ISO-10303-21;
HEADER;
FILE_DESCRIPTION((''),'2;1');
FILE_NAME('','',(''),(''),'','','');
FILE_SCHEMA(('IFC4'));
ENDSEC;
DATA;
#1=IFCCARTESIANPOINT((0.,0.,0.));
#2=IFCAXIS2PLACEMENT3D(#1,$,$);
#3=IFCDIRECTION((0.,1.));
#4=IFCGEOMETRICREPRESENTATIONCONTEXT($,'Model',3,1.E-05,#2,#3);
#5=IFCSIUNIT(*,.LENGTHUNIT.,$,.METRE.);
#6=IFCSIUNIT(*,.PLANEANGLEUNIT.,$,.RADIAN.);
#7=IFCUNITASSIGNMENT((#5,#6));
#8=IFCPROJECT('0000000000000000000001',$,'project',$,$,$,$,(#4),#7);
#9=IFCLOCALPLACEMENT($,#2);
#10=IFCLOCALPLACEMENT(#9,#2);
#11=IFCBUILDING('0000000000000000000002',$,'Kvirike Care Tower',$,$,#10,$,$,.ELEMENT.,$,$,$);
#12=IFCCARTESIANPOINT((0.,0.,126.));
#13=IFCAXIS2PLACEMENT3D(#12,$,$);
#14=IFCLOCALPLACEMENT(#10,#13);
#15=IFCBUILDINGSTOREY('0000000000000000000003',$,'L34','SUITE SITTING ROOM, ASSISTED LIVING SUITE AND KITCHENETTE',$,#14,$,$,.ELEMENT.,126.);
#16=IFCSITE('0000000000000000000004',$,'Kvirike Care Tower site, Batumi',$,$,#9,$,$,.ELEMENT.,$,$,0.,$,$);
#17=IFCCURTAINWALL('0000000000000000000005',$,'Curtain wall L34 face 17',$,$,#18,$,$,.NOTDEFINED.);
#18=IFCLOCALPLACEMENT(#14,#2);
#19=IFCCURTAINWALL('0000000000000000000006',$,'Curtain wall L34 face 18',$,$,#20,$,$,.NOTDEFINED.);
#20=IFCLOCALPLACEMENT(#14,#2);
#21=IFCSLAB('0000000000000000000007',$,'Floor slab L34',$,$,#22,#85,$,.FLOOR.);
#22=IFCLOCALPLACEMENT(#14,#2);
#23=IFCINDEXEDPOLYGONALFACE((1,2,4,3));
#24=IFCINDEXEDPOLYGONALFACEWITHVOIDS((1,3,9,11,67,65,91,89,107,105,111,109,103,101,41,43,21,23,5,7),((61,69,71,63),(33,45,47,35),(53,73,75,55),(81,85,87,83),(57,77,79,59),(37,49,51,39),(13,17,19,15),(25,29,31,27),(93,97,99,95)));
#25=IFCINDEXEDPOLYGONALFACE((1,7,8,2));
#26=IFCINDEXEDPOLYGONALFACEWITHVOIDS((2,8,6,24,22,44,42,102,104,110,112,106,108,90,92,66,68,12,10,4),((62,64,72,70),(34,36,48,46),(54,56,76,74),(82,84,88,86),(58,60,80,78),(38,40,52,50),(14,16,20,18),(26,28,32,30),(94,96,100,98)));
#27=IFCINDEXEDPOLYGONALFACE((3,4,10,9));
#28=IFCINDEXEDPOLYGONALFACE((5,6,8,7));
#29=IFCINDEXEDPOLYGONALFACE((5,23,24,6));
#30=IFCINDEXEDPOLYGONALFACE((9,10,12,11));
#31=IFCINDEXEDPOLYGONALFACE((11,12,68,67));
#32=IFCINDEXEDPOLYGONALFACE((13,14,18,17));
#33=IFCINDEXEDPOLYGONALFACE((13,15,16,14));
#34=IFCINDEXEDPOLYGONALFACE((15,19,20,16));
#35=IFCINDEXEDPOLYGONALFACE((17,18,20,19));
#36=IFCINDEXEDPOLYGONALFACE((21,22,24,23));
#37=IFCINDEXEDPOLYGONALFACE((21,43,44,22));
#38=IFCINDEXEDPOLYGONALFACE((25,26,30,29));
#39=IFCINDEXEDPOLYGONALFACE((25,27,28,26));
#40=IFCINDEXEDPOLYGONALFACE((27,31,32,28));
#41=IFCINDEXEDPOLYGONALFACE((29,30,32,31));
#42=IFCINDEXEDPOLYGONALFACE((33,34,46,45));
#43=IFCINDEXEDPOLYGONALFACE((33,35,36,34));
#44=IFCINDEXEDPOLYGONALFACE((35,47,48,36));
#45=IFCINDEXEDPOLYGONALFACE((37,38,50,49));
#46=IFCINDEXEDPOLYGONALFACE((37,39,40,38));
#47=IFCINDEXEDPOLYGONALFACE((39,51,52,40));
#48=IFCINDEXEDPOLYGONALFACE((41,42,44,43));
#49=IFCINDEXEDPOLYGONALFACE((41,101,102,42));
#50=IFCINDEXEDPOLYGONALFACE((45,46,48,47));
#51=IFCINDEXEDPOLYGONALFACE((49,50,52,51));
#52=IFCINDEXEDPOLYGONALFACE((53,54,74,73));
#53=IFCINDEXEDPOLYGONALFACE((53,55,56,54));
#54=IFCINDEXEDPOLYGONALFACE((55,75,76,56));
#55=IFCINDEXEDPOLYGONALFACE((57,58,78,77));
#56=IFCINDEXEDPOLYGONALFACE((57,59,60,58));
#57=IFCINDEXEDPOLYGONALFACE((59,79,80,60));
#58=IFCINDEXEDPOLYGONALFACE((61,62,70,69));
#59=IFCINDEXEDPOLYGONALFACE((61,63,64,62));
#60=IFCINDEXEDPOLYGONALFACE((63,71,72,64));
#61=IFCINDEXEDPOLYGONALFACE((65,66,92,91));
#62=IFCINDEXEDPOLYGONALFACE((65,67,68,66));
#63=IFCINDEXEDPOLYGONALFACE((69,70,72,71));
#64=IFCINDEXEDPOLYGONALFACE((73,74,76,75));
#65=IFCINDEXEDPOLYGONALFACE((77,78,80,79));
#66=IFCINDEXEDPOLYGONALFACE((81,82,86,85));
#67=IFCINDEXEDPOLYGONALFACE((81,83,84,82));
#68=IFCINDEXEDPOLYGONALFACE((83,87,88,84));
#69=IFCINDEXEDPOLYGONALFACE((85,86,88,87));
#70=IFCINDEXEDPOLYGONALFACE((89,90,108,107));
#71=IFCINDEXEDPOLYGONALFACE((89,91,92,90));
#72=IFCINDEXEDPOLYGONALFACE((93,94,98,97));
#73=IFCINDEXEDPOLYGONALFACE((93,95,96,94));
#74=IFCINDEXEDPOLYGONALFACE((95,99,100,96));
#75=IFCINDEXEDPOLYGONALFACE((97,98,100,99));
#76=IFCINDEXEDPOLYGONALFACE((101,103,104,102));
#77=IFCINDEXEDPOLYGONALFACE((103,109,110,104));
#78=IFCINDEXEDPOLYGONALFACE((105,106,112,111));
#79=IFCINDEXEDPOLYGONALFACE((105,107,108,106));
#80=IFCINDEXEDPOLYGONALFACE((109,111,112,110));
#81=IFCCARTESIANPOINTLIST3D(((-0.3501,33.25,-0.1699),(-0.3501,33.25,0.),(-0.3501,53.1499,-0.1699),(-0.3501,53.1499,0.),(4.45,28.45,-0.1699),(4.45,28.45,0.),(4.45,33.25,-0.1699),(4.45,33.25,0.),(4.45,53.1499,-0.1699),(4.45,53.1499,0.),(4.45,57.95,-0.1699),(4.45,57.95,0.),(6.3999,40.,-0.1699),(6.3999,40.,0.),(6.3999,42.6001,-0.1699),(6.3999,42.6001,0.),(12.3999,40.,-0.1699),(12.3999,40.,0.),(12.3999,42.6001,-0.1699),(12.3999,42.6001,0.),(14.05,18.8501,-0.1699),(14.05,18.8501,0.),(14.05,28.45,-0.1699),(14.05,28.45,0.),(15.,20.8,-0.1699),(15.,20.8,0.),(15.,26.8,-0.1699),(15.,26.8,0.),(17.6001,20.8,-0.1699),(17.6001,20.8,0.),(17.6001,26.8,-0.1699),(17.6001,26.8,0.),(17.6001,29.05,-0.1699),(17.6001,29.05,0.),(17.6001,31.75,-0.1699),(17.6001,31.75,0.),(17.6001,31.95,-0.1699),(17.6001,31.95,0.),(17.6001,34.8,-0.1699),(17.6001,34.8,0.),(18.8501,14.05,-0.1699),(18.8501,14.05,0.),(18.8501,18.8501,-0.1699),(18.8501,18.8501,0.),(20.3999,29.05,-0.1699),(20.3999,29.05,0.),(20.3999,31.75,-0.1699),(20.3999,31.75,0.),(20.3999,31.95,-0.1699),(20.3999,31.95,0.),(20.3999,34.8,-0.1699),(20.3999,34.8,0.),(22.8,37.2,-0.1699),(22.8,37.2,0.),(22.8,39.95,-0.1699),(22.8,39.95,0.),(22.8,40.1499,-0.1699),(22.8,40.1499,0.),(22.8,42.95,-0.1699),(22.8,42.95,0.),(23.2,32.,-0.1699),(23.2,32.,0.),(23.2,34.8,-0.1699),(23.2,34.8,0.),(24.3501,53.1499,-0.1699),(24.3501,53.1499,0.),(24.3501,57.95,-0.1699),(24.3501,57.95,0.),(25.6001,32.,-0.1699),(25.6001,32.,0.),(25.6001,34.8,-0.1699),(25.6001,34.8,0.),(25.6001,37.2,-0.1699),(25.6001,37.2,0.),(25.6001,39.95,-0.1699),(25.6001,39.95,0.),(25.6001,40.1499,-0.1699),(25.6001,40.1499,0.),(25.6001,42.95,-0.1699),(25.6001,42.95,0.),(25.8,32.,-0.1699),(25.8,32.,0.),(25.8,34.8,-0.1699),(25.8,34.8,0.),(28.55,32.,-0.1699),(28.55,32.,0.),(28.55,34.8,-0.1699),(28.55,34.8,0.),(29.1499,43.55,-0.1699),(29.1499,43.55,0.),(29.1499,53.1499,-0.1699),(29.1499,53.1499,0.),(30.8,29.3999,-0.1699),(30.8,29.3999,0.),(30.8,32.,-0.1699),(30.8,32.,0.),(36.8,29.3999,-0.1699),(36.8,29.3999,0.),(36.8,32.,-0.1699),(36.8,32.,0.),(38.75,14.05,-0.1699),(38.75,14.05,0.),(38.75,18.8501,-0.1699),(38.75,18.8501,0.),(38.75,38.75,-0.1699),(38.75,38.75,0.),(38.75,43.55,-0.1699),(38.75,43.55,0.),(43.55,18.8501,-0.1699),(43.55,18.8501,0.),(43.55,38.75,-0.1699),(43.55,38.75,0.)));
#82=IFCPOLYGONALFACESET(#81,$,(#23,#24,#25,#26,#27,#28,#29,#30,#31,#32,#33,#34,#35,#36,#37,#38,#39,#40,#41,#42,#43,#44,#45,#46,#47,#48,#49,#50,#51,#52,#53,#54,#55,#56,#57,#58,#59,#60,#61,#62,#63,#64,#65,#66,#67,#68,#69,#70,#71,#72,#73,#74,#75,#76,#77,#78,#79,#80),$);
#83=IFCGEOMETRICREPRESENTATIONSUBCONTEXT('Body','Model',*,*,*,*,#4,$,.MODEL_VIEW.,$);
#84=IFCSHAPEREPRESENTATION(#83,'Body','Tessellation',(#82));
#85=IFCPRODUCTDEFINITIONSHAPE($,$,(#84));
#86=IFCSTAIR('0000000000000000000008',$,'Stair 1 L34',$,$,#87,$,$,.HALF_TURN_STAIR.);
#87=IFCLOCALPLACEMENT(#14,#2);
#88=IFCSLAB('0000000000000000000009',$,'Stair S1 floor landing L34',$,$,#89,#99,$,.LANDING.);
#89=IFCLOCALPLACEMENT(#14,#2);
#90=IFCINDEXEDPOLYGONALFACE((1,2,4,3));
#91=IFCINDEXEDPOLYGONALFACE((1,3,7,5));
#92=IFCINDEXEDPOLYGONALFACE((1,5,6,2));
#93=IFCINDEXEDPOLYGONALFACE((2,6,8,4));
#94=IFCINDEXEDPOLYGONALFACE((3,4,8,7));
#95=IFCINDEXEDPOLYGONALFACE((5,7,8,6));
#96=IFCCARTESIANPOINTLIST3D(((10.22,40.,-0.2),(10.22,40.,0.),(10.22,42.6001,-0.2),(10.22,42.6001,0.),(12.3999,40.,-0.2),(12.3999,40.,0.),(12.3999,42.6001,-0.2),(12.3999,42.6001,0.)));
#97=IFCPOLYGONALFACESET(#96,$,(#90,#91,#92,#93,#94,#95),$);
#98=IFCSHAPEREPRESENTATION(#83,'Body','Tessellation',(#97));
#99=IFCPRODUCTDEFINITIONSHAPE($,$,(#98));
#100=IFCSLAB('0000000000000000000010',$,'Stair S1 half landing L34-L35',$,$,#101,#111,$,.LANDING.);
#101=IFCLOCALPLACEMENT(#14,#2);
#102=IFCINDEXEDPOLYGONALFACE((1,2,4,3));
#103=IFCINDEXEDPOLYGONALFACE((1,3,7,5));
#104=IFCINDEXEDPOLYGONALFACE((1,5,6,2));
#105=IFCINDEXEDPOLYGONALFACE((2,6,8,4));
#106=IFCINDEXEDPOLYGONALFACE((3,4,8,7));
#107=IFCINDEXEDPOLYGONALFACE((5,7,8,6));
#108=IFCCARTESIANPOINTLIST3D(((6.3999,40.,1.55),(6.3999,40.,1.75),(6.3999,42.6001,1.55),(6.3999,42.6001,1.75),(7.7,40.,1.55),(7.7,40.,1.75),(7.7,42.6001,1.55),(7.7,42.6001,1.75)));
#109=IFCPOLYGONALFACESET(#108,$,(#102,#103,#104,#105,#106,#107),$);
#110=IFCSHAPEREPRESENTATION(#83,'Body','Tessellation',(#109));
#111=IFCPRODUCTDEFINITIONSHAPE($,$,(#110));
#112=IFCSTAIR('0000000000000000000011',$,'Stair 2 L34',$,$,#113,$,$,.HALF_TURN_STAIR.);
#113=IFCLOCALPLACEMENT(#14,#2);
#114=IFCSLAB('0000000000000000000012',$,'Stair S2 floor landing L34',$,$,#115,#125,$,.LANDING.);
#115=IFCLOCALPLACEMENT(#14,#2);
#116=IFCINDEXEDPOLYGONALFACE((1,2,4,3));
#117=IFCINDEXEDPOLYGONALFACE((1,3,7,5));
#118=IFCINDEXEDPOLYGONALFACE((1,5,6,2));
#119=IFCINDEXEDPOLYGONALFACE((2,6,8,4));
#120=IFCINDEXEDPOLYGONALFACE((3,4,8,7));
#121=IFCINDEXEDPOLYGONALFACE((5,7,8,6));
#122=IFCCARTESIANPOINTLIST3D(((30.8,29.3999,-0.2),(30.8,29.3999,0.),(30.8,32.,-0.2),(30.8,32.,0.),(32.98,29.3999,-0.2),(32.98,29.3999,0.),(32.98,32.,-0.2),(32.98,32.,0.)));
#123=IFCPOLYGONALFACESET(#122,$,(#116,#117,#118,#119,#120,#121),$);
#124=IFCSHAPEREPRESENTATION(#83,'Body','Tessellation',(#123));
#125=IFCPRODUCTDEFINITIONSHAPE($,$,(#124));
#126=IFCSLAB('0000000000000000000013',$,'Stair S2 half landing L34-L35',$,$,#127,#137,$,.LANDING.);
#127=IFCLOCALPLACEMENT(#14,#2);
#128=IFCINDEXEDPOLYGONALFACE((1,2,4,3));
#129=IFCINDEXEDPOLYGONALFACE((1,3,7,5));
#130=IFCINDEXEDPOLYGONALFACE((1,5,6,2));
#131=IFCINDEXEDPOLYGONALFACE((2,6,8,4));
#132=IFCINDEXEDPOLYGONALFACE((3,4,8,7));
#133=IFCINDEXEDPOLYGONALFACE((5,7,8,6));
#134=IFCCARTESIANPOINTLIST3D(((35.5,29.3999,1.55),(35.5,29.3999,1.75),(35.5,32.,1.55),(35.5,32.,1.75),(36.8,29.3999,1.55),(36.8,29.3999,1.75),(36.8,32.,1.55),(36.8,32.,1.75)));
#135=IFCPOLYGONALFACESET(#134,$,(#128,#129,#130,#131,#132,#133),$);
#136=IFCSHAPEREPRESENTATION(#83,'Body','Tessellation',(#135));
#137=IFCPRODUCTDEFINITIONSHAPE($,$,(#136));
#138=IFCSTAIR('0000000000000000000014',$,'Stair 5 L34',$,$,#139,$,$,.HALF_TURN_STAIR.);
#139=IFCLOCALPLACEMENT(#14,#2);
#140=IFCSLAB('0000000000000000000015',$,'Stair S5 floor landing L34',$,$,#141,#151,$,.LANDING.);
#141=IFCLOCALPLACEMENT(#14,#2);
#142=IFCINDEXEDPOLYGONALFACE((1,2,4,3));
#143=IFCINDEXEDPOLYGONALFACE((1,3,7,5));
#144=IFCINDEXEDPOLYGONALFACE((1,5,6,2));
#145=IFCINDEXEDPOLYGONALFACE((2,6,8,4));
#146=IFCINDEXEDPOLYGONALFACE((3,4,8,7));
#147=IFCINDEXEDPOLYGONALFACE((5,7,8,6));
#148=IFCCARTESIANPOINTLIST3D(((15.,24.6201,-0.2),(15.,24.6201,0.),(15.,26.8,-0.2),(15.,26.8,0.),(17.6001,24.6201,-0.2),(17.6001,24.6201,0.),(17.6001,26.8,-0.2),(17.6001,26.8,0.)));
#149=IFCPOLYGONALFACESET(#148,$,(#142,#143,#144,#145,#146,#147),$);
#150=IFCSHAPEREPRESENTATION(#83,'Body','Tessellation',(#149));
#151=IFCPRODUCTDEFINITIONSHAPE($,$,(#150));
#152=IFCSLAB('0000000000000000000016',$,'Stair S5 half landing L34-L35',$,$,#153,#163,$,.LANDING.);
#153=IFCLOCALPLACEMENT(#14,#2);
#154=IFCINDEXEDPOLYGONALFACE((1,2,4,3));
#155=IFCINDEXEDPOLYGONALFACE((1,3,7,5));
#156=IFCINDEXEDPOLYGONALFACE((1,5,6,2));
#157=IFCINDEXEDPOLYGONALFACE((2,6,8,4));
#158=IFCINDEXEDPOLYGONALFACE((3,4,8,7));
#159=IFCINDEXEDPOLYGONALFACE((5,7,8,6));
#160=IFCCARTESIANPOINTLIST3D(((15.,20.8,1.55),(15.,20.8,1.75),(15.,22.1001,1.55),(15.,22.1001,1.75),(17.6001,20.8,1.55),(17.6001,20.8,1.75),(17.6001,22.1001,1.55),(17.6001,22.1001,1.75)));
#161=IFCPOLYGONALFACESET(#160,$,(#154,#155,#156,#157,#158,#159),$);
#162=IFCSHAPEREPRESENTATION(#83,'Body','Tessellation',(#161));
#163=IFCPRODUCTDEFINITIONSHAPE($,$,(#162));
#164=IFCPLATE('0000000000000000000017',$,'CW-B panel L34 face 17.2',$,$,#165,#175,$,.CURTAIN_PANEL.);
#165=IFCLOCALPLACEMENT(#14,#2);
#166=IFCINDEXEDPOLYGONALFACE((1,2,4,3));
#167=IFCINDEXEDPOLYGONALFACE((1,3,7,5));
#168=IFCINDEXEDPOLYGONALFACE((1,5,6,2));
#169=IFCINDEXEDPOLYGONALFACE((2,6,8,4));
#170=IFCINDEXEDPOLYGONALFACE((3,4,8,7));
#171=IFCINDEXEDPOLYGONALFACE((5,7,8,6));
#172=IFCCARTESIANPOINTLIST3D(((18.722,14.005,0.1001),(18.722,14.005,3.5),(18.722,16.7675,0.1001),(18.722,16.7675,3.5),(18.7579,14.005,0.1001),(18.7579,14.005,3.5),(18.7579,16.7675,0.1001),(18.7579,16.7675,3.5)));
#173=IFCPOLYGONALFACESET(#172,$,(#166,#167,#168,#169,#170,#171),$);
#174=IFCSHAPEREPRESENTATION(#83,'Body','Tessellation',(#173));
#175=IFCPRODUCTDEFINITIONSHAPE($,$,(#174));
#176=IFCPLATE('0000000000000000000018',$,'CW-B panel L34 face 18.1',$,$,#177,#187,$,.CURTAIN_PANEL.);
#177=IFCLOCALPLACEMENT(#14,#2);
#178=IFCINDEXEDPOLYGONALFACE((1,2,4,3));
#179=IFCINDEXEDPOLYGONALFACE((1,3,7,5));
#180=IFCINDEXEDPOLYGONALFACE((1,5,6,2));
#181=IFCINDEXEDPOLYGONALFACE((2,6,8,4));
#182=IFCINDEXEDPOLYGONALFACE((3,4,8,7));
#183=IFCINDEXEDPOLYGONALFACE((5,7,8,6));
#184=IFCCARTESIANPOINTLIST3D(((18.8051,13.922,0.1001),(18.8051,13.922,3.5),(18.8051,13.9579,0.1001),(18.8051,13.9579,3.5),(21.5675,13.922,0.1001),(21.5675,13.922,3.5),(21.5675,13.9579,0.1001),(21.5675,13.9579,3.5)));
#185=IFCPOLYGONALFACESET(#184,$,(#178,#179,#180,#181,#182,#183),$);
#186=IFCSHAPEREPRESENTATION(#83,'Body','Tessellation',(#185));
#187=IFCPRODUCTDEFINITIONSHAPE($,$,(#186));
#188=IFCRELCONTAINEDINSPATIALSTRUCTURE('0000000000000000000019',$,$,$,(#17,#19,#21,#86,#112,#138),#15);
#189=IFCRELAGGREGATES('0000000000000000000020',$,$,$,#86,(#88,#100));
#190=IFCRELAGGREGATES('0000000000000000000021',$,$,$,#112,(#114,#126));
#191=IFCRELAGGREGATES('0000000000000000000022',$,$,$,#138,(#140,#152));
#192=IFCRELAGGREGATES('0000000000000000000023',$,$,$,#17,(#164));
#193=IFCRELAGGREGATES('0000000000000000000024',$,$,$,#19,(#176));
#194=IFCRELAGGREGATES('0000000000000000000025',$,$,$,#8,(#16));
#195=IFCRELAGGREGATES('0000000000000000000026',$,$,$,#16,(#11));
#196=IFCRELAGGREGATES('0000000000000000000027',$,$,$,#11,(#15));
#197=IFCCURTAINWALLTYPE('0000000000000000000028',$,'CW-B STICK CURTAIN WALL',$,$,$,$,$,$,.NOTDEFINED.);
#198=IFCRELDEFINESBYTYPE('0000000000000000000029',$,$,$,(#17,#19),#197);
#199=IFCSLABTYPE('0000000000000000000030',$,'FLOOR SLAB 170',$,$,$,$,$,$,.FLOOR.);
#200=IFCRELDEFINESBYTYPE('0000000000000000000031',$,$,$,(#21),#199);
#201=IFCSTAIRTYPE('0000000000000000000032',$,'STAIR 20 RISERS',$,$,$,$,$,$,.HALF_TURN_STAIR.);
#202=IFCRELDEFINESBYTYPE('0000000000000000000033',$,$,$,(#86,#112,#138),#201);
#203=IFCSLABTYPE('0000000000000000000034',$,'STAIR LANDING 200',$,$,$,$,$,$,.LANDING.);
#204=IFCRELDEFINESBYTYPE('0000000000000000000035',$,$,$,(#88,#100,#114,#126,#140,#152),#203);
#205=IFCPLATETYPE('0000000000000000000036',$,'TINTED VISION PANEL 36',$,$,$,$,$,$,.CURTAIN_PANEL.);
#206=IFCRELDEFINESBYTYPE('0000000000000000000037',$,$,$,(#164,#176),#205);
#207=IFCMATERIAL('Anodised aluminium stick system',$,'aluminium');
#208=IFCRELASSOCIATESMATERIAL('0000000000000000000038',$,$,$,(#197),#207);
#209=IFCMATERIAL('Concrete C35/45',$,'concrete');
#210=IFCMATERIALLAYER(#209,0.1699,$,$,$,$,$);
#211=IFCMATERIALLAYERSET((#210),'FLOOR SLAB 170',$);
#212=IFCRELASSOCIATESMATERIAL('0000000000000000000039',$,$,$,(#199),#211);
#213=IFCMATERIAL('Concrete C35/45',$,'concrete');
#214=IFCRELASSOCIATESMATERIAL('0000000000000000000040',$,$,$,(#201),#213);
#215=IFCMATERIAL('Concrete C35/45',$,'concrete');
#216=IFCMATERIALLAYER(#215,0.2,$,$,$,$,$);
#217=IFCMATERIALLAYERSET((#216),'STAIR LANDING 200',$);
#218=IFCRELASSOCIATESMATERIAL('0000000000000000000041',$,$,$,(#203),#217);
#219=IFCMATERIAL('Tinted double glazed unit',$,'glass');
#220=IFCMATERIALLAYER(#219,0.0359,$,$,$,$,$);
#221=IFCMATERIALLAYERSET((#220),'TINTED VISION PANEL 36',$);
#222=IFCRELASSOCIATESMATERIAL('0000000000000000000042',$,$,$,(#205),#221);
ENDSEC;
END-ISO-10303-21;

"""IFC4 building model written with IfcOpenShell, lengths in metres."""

from ifc_helpers import new_model, si_unit, direction, frame, origin, origin_2d, place, context, subcontext, project, spatial, polyline, rectangle, outline, extrude, material, layer, layer_set, type_object, element, aggregate, save


model = new_model("IFC4")

# Units and contexts
model_context = context("Model", 3, precision=1e-05, world=origin(), true_north=direction((0.0, 1.0)))
body_context = subcontext(model_context, "Body", "Model", "MODEL_VIEW")
ifc_project = project(units=[si_unit("LENGTHUNIT", "METRE"), si_unit("PLANEANGLEUNIT", "RADIAN")], contexts=[model_context])

# Site, building, storey
site_placement = place(None, origin())
site = spatial("IfcSite", under=ifc_project, at=site_placement, Name="Kvirike Care Tower site, Batumi", CompositionType="ELEMENT", RefElevation=0.0)
building_placement = place(site_placement, origin())
building = spatial("IfcBuilding", under=site, at=building_placement, Name="Kvirike Care Tower", CompositionType="ELEMENT")
storey_placement = place(building_placement, frame((0.0, 0.0, 126.0)))
storey = spatial("IfcBuildingStorey", under=building, at=storey_placement, Name="L34", Description="SUITE SITTING ROOM, ASSISTED LIVING SUITE AND KITCHENETTE", CompositionType="ELEMENT", Elevation=126.0)

# Curtain wall
ifc_material_1 = material(Name="Anodised aluminium stick system", Category="aluminium")
curtain_wall_type = type_object("IfcCurtainWallType", Name="CW-B STICK CURTAIN WALL", PredefinedType="NOTDEFINED", material=ifc_material_1)
curtain_wall_1_placement = place(storey_placement, origin())
curtain_wall_1 = element("IfcCurtainWall", 1, at=curtain_wall_1_placement, inside=storey, type_object=curtain_wall_type, Name="Curtain wall L34 face 17", PredefinedType="NOTDEFINED")

# Curtain wall
curtain_wall_2_placement = place(storey_placement, origin())
curtain_wall_2 = element("IfcCurtainWall", 2, at=curtain_wall_2_placement, inside=storey, type_object=curtain_wall_type, Name="Curtain wall L34 face 18", PredefinedType="NOTDEFINED")

# Slab
ifc_material_2 = material(Name="Concrete C35/45", Category="concrete")
ifc_layer_1 = layer(ifc_material_2, 0.1699)
ifc_layer_set_1 = layer_set([ifc_layer_1], Name="FLOOR SLAB 170")
slab_type_1 = type_object("IfcSlabType", Name="FLOOR SLAB 170", PredefinedType="FLOOR", material=ifc_layer_set_1)
slab_1_placement = place(storey_placement, frame((0.0, 0.0, -0.1699)))
element("IfcSlab", 3, at=slab_1_placement, inside=storey, type_object=slab_type_1, Name="Floor slab L34", PredefinedType="FLOOR", context=body_context, shape_type="SweptSolid", body=[
    extrude(outline(polyline([(43.55, 18.8501), (43.55, 38.75), (38.75, 38.75), (38.75, 43.55), (29.1499, 43.55), (29.1499, 53.1499), (24.3501, 53.1499), (24.3501, 57.95), (4.45, 57.95), (4.45, 53.1499), (-0.3501, 53.1499), (-0.3501, 33.25), (4.45, 33.25), (4.45, 28.45), (14.05, 28.45), (14.05, 18.8501), (18.8501, 18.8501), (18.8501, 14.05), (38.75, 14.05), (38.75, 18.8501), (43.55, 18.8501)]), holes=[polyline([(17.6001, 29.05), (17.6001, 31.75), (20.3999, 31.75), (20.3999, 29.05), (17.6001, 29.05)]), polyline([(17.6001, 31.95), (17.6001, 34.8), (20.3999, 34.8), (20.3999, 31.95), (17.6001, 31.95)]), polyline([(22.8, 37.2), (22.8, 39.95), (25.6001, 39.95), (25.6001, 37.2), (22.8, 37.2)]), polyline([(22.8, 40.1499), (22.8, 42.95), (25.6001, 42.95), (25.6001, 40.1499), (22.8, 40.1499)]), polyline([(23.2, 32.0), (23.2, 34.8), (25.6001, 34.8), (25.6001, 32.0), (23.2, 32.0)]), polyline([(25.8, 32.0), (25.8, 34.8), (28.55, 34.8), (28.55, 32.0), (25.8, 32.0)]), polyline([(12.3999, 42.6001), (12.3999, 40.0), (6.3999, 40.0), (6.3999, 42.6001), (12.3999, 42.6001)]), polyline([(30.8, 29.3999), (30.8, 32.0), (36.8, 32.0), (36.8, 29.3999), (30.8, 29.3999)]), polyline([(15.0, 26.8), (17.6001, 26.8), (17.6001, 20.8), (15.0, 20.8), (15.0, 26.8)])]), origin(), (0.0, 0.0, 1.0), 0.1699),
])

# Stairs, slabs
ifc_material_3 = material(Name="Concrete C35/45", Category="concrete")
stair_type = type_object("IfcStairType", Name="STAIR 20 RISERS", PredefinedType="HALF_TURN_STAIR", material=ifc_material_3)
stair_1_placement = place(storey_placement, origin())
stair_1 = element("IfcStair", 4, at=stair_1_placement, inside=storey, type_object=stair_type, Name="Stair 1 L34", PredefinedType="HALF_TURN_STAIR")
ifc_material_4 = material(Name="Concrete C35/45", Category="concrete")
ifc_layer_2 = layer(ifc_material_4, 0.2)
ifc_layer_set_2 = layer_set([ifc_layer_2], Name="STAIR LANDING 200")
slab_type_2 = type_object("IfcSlabType", Name="STAIR LANDING 200", PredefinedType="LANDING", material=ifc_layer_set_2)
slab_2_placement = place(storey_placement, frame((0.0, 0.0, -0.2)))
slab_2 = element("IfcSlab", 5, at=slab_2_placement, type_object=slab_type_2, Name="Stair S1 floor landing L34", PredefinedType="LANDING", context=body_context, shape_type="SweptSolid", body=[
    extrude(outline(polyline([(10.22, 42.6001), (10.22, 40.0), (12.3999, 40.0), (12.3999, 42.6001), (10.22, 42.6001)])), origin(), (0.0, 0.0, 1.0), 0.2),
])
slab_3_placement = place(storey_placement, frame((0.0, 0.0, 1.55)))
slab_3 = element("IfcSlab", 6, at=slab_3_placement, type_object=slab_type_2, Name="Stair S1 half landing L34-L35", PredefinedType="LANDING", context=body_context, shape_type="SweptSolid", body=[
    extrude(outline(polyline([(6.3999, 42.6001), (6.3999, 40.0), (7.7, 40.0), (7.7, 42.6001), (6.3999, 42.6001)])), origin(), (0.0, 0.0, 1.0), 0.2),
])
aggregate(stair_1, [slab_2, slab_3])
stair_2_placement = place(storey_placement, origin())
stair_2 = element("IfcStair", 7, at=stair_2_placement, inside=storey, type_object=stair_type, Name="Stair 2 L34", PredefinedType="HALF_TURN_STAIR")
slab_4_placement = place(storey_placement, frame((0.0, 0.0, -0.2)))
slab_4 = element("IfcSlab", 8, at=slab_4_placement, type_object=slab_type_2, Name="Stair S2 floor landing L34", PredefinedType="LANDING", context=body_context, shape_type="SweptSolid", body=[
    extrude(outline(polyline([(32.98, 29.3999), (32.98, 32.0), (30.8, 32.0), (30.8, 29.3999), (32.98, 29.3999)])), origin(), (0.0, 0.0, 1.0), 0.2),
])
slab_5_placement = place(storey_placement, frame((0.0, 0.0, 1.55)))
slab_5 = element("IfcSlab", 9, at=slab_5_placement, type_object=slab_type_2, Name="Stair S2 half landing L34-L35", PredefinedType="LANDING", context=body_context, shape_type="SweptSolid", body=[
    extrude(outline(polyline([(36.8, 29.3999), (36.8, 32.0), (35.5, 32.0), (35.5, 29.3999), (36.8, 29.3999)])), origin(), (0.0, 0.0, 1.0), 0.2),
])
aggregate(stair_2, [slab_4, slab_5])
stair_3_placement = place(storey_placement, origin())
stair_3 = element("IfcStair", 10, at=stair_3_placement, inside=storey, type_object=stair_type, Name="Stair 5 L34", PredefinedType="HALF_TURN_STAIR")
slab_6_placement = place(storey_placement, frame((0.0, 0.0, -0.2)))
slab_6 = element("IfcSlab", 11, at=slab_6_placement, type_object=slab_type_2, Name="Stair S5 floor landing L34", PredefinedType="LANDING", context=body_context, shape_type="SweptSolid", body=[
    extrude(outline(polyline([(15.0, 24.6201), (17.6001, 24.6201), (17.6001, 26.8), (15.0, 26.8), (15.0, 24.6201)])), origin(), (0.0, 0.0, 1.0), 0.2),
])
slab_7_placement = place(storey_placement, frame((0.0, 0.0, 1.55)))
slab_7 = element("IfcSlab", 12, at=slab_7_placement, type_object=slab_type_2, Name="Stair S5 half landing L34-L35", PredefinedType="LANDING", context=body_context, shape_type="SweptSolid", body=[
    extrude(outline(polyline([(15.0, 20.8), (17.6001, 20.8), (17.6001, 22.1001), (15.0, 22.1001), (15.0, 20.8)])), origin(), (0.0, 0.0, 1.0), 0.2),
])
aggregate(stair_3, [slab_6, slab_7])

# Plates
ifc_material_5 = material(Name="Tinted double glazed unit", Category="glass")
ifc_layer_3 = layer(ifc_material_5, 0.0359)
ifc_layer_set_3 = layer_set([ifc_layer_3], Name="TINTED VISION PANEL 36")
plate_type = type_object("IfcPlateType", Name="TINTED VISION PANEL 36", PredefinedType="CURTAIN_PANEL", material=ifc_layer_set_3)
plate_1_placement = place(storey_placement, frame((18.74, 15.3862, 0.1001), z_axis=(0.0, 0.0, 1.0), x_axis=(0.0, -1.0, 0.0)))
plate_1 = element("IfcPlate", 13, at=plate_1_placement, type_object=plate_type, Name="CW-B panel L34 face 17.2", PredefinedType="CURTAIN_PANEL", context=body_context, shape_type="SweptSolid", body=[
    extrude(rectangle(XDim=2.7625, YDim=0.0359, at=origin_2d()), origin(), (0.0, 0.0, 1.0), 3.3999),
])
aggregate(curtain_wall_1, [plate_1])
plate_2_placement = place(storey_placement, frame((20.1863, 13.9399, 0.1001), z_axis=(0.0, 0.0, 1.0), x_axis=(1.0, 0.0, 0.0)))
plate_2 = element("IfcPlate", 14, at=plate_2_placement, type_object=plate_type, Name="CW-B panel L34 face 18.1", PredefinedType="CURTAIN_PANEL", context=body_context, shape_type="SweptSolid", body=[
    extrude(rectangle(XDim=2.7625, YDim=0.0359, at=origin_2d()), origin(), (0.0, 0.0, 1.0), 3.3999),
])
aggregate(curtain_wall_2, [plate_2])

save(model, "model.ifc")
